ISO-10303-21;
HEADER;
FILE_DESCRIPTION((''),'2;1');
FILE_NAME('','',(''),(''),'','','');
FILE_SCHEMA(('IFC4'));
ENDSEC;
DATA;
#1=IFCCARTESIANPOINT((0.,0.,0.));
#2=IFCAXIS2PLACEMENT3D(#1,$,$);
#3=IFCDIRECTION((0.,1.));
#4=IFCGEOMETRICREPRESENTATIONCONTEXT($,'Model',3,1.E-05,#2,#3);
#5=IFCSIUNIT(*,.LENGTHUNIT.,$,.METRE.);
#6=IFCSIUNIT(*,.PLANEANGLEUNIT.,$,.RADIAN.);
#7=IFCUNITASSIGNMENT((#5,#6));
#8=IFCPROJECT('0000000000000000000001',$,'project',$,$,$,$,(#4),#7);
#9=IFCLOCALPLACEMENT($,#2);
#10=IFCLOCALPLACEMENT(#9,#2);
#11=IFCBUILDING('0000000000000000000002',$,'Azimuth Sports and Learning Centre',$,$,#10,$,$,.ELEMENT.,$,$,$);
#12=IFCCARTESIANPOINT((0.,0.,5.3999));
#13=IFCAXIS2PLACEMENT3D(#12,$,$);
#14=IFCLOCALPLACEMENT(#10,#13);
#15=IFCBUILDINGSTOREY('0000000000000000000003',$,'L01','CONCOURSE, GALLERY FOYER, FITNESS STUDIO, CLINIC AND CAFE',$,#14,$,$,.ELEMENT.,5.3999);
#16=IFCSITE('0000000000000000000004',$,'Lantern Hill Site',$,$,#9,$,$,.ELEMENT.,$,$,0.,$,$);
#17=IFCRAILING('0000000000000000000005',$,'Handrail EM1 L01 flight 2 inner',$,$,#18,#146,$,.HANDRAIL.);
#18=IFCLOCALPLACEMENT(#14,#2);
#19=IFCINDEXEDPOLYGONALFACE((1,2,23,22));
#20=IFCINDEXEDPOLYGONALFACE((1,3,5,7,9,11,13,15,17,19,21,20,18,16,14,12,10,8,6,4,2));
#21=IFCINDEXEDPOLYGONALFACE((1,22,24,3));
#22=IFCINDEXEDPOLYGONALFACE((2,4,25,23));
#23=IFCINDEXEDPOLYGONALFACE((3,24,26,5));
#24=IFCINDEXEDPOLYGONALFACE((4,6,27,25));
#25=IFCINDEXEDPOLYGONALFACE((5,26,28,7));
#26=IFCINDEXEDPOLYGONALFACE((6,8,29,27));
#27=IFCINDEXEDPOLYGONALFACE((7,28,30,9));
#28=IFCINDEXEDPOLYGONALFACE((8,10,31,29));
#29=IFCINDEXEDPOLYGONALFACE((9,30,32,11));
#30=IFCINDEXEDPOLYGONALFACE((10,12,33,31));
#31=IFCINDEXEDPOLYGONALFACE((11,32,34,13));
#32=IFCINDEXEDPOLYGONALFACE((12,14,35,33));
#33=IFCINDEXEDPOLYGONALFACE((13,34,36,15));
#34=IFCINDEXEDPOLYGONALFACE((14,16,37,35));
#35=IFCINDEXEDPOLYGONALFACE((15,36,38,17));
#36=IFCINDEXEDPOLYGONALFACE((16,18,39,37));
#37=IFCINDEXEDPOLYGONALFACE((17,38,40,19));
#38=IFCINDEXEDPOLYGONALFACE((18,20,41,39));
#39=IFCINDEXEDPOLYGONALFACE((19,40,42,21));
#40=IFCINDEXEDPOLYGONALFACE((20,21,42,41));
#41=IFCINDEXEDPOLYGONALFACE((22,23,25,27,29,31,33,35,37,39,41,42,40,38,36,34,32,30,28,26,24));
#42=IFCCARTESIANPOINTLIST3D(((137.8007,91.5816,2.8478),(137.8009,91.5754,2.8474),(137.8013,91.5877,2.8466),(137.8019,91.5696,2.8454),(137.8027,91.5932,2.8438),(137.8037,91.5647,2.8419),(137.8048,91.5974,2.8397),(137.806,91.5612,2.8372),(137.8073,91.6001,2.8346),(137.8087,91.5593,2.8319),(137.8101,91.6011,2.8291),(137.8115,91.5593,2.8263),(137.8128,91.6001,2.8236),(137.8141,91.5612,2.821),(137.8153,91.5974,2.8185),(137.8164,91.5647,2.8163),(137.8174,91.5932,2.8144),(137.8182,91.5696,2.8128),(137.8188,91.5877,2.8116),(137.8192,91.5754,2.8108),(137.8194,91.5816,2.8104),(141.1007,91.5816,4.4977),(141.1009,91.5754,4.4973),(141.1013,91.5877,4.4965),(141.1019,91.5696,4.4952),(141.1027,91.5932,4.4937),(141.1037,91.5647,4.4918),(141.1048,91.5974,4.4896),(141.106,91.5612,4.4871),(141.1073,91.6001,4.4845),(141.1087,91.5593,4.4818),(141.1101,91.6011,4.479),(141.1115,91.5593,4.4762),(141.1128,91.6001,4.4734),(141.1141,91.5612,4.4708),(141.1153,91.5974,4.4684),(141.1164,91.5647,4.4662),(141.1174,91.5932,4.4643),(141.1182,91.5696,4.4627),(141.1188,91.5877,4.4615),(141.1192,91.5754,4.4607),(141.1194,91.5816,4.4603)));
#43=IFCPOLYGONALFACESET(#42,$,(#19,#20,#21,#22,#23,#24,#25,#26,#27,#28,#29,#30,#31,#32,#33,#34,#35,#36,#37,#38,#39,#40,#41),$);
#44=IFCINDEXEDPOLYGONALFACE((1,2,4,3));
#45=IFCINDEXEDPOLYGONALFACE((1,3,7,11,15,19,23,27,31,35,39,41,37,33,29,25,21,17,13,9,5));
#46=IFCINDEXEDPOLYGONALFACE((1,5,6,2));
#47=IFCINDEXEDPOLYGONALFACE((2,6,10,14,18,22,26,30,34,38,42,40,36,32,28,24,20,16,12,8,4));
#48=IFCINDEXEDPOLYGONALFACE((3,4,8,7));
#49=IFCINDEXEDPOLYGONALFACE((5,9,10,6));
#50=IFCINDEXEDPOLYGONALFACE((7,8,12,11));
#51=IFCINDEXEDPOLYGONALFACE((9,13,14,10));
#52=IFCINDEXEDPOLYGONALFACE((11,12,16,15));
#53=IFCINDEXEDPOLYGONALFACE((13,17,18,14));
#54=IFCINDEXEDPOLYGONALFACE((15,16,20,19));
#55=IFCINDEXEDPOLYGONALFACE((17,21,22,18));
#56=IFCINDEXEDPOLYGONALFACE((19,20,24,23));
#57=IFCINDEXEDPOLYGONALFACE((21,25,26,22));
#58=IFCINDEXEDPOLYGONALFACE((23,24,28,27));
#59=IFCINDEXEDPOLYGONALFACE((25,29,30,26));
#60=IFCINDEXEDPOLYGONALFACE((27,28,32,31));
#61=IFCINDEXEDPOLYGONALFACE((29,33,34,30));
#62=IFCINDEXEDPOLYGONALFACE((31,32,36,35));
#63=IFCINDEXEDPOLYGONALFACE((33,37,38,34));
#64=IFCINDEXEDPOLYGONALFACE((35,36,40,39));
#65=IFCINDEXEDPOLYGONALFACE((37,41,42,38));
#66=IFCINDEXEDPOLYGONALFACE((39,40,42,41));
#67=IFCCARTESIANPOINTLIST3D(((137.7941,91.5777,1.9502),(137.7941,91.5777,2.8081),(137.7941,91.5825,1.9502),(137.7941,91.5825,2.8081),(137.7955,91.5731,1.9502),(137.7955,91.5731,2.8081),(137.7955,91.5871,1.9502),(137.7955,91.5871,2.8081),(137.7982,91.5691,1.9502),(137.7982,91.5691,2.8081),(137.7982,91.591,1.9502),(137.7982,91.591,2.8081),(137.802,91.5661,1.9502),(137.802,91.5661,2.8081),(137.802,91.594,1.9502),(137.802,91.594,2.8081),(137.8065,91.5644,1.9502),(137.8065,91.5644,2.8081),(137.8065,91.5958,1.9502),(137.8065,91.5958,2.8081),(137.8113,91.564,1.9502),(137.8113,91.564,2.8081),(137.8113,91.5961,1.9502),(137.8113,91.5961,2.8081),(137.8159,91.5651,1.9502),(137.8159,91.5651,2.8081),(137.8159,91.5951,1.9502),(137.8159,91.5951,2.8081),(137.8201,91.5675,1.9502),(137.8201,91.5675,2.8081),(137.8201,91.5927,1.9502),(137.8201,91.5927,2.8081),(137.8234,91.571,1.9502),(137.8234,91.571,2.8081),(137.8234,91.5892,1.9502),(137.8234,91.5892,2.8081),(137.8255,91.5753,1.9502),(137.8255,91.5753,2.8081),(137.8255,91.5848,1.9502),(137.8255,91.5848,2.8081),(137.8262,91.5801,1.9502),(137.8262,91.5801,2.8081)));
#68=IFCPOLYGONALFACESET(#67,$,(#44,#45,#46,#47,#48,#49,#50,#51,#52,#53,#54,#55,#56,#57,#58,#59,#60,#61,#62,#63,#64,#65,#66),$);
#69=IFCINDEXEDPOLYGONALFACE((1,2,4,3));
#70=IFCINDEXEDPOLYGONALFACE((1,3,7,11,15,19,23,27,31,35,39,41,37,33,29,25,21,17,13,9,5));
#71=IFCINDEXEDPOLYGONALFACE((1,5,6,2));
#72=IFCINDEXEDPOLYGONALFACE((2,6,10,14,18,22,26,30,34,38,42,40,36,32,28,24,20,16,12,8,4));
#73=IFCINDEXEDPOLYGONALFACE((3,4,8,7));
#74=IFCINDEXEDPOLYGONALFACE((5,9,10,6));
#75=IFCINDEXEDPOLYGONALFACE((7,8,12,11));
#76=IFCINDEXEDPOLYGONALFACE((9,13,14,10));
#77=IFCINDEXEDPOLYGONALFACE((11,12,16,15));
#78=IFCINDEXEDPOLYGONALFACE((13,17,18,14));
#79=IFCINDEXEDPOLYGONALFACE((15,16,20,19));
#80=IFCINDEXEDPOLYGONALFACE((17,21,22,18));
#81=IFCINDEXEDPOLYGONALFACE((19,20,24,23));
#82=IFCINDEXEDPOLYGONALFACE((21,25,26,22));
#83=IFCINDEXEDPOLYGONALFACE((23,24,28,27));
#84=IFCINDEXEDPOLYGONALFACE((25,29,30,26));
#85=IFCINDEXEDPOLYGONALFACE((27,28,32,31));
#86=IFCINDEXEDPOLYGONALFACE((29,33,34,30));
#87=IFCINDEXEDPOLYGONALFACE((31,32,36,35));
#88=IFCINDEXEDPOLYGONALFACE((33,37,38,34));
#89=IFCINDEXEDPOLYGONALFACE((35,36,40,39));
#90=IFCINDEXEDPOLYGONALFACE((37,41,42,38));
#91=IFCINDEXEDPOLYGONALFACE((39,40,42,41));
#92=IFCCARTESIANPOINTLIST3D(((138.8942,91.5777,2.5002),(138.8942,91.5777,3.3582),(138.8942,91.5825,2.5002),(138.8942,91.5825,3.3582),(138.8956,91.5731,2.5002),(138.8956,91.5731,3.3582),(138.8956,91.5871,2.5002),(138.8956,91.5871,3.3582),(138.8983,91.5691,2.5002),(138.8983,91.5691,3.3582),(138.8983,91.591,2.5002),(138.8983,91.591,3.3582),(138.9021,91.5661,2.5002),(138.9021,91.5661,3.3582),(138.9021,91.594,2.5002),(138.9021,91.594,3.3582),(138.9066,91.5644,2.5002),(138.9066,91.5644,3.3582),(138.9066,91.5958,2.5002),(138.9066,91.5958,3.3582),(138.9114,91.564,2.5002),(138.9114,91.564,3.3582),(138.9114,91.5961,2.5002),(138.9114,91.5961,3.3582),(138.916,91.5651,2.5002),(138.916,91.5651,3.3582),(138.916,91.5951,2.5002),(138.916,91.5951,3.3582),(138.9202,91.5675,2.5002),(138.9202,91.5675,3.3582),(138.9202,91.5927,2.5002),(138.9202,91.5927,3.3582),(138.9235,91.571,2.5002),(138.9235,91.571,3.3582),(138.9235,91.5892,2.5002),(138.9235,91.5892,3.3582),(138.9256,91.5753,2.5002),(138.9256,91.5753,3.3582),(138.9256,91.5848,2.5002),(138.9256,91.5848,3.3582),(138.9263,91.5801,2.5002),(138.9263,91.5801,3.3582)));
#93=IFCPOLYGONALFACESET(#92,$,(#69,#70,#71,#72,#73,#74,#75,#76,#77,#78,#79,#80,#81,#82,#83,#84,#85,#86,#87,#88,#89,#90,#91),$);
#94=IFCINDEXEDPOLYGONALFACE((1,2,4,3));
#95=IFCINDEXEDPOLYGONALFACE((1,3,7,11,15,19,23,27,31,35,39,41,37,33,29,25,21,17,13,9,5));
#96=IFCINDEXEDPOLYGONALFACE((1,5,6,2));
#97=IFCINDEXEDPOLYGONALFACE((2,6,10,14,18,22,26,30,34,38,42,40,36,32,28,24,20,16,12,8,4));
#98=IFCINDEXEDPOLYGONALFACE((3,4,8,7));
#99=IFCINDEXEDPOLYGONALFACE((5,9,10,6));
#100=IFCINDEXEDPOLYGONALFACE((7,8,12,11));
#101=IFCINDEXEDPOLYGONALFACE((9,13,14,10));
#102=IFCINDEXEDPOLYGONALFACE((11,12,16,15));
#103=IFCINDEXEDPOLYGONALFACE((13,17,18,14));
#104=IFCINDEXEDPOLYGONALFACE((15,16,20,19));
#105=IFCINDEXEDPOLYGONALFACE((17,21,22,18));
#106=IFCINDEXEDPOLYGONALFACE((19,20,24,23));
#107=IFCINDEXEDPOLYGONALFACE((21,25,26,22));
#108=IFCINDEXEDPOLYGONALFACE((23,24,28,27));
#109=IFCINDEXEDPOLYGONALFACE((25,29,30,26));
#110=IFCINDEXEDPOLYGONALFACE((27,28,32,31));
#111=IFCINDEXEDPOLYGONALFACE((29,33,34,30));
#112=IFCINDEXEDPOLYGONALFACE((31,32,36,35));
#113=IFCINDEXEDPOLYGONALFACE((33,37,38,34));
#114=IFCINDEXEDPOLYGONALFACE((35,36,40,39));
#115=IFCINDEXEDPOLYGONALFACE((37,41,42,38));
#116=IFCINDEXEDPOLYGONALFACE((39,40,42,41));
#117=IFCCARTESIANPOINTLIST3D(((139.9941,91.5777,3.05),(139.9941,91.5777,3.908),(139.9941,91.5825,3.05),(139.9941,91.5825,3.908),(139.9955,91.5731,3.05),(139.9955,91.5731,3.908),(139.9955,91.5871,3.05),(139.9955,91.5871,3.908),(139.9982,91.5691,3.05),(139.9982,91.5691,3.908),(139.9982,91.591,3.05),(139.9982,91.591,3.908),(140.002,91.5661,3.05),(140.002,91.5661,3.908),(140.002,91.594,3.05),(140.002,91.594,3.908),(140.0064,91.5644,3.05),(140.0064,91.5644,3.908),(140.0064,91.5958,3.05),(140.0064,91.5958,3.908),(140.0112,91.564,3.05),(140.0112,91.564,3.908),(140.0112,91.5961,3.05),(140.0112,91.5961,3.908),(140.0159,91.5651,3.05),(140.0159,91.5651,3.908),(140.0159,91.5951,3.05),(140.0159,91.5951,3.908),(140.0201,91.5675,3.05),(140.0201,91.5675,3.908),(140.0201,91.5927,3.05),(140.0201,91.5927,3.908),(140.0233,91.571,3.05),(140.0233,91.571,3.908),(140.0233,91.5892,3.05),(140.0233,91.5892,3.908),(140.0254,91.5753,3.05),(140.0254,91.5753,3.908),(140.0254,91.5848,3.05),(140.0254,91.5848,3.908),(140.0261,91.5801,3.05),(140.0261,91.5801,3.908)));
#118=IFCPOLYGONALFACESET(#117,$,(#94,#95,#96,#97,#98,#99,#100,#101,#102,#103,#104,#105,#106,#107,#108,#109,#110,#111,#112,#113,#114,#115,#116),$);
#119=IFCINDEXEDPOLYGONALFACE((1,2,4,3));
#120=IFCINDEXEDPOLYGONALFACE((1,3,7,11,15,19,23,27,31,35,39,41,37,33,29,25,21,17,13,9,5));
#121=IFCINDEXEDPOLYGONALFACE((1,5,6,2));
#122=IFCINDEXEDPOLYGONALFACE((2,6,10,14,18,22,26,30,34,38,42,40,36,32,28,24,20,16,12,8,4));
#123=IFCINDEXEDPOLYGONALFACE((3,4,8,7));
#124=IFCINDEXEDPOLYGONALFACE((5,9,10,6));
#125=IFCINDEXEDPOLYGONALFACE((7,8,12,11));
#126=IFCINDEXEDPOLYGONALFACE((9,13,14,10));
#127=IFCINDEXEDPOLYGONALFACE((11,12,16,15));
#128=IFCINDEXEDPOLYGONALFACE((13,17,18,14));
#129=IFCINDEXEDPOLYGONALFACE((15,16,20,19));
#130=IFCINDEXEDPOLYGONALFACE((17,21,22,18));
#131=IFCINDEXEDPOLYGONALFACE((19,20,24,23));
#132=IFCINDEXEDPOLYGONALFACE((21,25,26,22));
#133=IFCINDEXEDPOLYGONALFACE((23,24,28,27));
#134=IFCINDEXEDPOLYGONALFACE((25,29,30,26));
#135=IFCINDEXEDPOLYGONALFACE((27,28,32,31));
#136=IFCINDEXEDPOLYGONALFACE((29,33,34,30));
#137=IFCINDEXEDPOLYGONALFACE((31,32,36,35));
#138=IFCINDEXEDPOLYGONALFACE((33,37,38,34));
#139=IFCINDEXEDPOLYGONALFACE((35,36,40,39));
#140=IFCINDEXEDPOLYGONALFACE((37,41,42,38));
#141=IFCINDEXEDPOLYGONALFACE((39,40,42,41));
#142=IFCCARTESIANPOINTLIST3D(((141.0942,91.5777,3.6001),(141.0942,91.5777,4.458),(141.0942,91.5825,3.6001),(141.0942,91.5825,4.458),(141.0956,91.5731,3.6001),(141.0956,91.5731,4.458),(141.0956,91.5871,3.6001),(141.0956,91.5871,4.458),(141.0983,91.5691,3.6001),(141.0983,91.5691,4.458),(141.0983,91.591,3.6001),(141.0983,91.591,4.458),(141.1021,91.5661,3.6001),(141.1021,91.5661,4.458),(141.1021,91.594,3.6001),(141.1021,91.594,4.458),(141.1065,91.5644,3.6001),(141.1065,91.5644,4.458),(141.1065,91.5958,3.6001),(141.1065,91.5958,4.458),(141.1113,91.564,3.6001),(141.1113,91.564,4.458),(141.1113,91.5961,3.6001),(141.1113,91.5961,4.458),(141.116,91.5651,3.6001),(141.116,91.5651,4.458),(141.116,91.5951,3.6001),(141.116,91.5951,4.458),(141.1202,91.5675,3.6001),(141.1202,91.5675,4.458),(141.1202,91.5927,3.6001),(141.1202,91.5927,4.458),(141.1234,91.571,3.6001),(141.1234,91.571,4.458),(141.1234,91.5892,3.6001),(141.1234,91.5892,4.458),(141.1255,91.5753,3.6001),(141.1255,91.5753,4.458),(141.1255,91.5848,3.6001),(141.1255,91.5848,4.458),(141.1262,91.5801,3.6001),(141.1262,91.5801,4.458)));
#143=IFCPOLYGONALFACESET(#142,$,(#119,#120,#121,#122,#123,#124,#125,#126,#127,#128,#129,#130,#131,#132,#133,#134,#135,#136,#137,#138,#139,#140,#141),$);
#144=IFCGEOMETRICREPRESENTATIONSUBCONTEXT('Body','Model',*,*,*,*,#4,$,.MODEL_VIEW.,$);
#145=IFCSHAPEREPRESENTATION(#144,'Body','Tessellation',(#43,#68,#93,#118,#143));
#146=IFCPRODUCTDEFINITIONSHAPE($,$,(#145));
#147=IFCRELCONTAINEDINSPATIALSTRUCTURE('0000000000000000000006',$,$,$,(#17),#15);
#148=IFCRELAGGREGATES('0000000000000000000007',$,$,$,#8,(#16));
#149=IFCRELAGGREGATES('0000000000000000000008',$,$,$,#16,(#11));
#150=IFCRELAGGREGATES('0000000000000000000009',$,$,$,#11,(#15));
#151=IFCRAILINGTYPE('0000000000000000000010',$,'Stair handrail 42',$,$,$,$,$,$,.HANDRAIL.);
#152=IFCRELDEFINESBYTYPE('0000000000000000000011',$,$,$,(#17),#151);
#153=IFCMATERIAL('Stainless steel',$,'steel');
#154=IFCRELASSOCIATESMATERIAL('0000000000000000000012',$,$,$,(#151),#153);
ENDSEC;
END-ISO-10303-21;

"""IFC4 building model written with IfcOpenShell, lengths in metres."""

from ifc_helpers import new_model, si_unit, direction, frame, origin, origin_2d, place, context, subcontext, project, spatial, circle, extrude, material, type_object, element, save


model = new_model("IFC4")

# Units and contexts
model_context = context("Model", 3, precision=1e-05, world=origin(), true_north=direction((0.0, 1.0)))
body_context = subcontext(model_context, "Body", "Model", "MODEL_VIEW")
ifc_project = project(units=[si_unit("LENGTHUNIT", "METRE"), si_unit("PLANEANGLEUNIT", "RADIAN")], contexts=[model_context])

# Site, building, storey
site_placement = place(None, origin())
site = spatial("IfcSite", under=ifc_project, at=site_placement, Name="Lantern Hill Site", CompositionType="ELEMENT", RefElevation=0.0)
building_placement = place(site_placement, origin())
building = spatial("IfcBuilding", under=site, at=building_placement, Name="Azimuth Sports and Learning Centre", CompositionType="ELEMENT")
storey_placement = place(building_placement, frame((0.0, 0.0, 5.3999)))
storey = spatial("IfcBuildingStorey", under=building, at=storey_placement, Name="L01", Description="CONCOURSE, GALLERY FOYER, FITNESS STUDIO, CLINIC AND CAFE", CompositionType="ELEMENT", Elevation=5.3999)

# Railing
ifc_material_1 = material(Name="Stainless steel", Category="steel")
railing_type_1 = type_object("IfcRailingType", Name="Stair handrail 42", PredefinedType="HANDRAIL", material=ifc_material_1)
for number, where, name in (
    (1, (137.8101, 91.5801, 1.9502), "Handrail EM1 L01 flight 2 inner"),
):
    element("IfcRailing", number, at=place(storey_placement, frame(where)), inside=storey, type_object=railing_type_1, Name=name, PredefinedType="HANDRAIL", context=body_context, shape_type="SweptSolid", body=[
        extrude(circle(Radius=0.021, at=origin_2d()), frame((0.0, 0.0, 0.8789), z_axis=(0.89444, 0.0, 0.447187), x_axis=(0.0, 1.0, 0.0)), (0.0, 0.0, 1.0), 3.6895),
        extrude(circle(Radius=0.0161, at=origin_2d()), origin(), (0.0, 0.0, 1.0), 0.8579),
        extrude(circle(Radius=0.0161, at=origin_2d()), frame((1.1001, 0.0, 0.55)), (0.0, 0.0, 1.0), 0.8579),
        extrude(circle(Radius=0.0161, at=origin_2d()), frame((2.2, 0.0, 1.0999)), (0.0, 0.0, 1.0), 0.8579),
        extrude(circle(Radius=0.0161, at=origin_2d()), frame((3.3, 0.0, 1.6499)), (0.0, 0.0, 1.0), 0.8579),
    ])

save(model, "model.ifc")
